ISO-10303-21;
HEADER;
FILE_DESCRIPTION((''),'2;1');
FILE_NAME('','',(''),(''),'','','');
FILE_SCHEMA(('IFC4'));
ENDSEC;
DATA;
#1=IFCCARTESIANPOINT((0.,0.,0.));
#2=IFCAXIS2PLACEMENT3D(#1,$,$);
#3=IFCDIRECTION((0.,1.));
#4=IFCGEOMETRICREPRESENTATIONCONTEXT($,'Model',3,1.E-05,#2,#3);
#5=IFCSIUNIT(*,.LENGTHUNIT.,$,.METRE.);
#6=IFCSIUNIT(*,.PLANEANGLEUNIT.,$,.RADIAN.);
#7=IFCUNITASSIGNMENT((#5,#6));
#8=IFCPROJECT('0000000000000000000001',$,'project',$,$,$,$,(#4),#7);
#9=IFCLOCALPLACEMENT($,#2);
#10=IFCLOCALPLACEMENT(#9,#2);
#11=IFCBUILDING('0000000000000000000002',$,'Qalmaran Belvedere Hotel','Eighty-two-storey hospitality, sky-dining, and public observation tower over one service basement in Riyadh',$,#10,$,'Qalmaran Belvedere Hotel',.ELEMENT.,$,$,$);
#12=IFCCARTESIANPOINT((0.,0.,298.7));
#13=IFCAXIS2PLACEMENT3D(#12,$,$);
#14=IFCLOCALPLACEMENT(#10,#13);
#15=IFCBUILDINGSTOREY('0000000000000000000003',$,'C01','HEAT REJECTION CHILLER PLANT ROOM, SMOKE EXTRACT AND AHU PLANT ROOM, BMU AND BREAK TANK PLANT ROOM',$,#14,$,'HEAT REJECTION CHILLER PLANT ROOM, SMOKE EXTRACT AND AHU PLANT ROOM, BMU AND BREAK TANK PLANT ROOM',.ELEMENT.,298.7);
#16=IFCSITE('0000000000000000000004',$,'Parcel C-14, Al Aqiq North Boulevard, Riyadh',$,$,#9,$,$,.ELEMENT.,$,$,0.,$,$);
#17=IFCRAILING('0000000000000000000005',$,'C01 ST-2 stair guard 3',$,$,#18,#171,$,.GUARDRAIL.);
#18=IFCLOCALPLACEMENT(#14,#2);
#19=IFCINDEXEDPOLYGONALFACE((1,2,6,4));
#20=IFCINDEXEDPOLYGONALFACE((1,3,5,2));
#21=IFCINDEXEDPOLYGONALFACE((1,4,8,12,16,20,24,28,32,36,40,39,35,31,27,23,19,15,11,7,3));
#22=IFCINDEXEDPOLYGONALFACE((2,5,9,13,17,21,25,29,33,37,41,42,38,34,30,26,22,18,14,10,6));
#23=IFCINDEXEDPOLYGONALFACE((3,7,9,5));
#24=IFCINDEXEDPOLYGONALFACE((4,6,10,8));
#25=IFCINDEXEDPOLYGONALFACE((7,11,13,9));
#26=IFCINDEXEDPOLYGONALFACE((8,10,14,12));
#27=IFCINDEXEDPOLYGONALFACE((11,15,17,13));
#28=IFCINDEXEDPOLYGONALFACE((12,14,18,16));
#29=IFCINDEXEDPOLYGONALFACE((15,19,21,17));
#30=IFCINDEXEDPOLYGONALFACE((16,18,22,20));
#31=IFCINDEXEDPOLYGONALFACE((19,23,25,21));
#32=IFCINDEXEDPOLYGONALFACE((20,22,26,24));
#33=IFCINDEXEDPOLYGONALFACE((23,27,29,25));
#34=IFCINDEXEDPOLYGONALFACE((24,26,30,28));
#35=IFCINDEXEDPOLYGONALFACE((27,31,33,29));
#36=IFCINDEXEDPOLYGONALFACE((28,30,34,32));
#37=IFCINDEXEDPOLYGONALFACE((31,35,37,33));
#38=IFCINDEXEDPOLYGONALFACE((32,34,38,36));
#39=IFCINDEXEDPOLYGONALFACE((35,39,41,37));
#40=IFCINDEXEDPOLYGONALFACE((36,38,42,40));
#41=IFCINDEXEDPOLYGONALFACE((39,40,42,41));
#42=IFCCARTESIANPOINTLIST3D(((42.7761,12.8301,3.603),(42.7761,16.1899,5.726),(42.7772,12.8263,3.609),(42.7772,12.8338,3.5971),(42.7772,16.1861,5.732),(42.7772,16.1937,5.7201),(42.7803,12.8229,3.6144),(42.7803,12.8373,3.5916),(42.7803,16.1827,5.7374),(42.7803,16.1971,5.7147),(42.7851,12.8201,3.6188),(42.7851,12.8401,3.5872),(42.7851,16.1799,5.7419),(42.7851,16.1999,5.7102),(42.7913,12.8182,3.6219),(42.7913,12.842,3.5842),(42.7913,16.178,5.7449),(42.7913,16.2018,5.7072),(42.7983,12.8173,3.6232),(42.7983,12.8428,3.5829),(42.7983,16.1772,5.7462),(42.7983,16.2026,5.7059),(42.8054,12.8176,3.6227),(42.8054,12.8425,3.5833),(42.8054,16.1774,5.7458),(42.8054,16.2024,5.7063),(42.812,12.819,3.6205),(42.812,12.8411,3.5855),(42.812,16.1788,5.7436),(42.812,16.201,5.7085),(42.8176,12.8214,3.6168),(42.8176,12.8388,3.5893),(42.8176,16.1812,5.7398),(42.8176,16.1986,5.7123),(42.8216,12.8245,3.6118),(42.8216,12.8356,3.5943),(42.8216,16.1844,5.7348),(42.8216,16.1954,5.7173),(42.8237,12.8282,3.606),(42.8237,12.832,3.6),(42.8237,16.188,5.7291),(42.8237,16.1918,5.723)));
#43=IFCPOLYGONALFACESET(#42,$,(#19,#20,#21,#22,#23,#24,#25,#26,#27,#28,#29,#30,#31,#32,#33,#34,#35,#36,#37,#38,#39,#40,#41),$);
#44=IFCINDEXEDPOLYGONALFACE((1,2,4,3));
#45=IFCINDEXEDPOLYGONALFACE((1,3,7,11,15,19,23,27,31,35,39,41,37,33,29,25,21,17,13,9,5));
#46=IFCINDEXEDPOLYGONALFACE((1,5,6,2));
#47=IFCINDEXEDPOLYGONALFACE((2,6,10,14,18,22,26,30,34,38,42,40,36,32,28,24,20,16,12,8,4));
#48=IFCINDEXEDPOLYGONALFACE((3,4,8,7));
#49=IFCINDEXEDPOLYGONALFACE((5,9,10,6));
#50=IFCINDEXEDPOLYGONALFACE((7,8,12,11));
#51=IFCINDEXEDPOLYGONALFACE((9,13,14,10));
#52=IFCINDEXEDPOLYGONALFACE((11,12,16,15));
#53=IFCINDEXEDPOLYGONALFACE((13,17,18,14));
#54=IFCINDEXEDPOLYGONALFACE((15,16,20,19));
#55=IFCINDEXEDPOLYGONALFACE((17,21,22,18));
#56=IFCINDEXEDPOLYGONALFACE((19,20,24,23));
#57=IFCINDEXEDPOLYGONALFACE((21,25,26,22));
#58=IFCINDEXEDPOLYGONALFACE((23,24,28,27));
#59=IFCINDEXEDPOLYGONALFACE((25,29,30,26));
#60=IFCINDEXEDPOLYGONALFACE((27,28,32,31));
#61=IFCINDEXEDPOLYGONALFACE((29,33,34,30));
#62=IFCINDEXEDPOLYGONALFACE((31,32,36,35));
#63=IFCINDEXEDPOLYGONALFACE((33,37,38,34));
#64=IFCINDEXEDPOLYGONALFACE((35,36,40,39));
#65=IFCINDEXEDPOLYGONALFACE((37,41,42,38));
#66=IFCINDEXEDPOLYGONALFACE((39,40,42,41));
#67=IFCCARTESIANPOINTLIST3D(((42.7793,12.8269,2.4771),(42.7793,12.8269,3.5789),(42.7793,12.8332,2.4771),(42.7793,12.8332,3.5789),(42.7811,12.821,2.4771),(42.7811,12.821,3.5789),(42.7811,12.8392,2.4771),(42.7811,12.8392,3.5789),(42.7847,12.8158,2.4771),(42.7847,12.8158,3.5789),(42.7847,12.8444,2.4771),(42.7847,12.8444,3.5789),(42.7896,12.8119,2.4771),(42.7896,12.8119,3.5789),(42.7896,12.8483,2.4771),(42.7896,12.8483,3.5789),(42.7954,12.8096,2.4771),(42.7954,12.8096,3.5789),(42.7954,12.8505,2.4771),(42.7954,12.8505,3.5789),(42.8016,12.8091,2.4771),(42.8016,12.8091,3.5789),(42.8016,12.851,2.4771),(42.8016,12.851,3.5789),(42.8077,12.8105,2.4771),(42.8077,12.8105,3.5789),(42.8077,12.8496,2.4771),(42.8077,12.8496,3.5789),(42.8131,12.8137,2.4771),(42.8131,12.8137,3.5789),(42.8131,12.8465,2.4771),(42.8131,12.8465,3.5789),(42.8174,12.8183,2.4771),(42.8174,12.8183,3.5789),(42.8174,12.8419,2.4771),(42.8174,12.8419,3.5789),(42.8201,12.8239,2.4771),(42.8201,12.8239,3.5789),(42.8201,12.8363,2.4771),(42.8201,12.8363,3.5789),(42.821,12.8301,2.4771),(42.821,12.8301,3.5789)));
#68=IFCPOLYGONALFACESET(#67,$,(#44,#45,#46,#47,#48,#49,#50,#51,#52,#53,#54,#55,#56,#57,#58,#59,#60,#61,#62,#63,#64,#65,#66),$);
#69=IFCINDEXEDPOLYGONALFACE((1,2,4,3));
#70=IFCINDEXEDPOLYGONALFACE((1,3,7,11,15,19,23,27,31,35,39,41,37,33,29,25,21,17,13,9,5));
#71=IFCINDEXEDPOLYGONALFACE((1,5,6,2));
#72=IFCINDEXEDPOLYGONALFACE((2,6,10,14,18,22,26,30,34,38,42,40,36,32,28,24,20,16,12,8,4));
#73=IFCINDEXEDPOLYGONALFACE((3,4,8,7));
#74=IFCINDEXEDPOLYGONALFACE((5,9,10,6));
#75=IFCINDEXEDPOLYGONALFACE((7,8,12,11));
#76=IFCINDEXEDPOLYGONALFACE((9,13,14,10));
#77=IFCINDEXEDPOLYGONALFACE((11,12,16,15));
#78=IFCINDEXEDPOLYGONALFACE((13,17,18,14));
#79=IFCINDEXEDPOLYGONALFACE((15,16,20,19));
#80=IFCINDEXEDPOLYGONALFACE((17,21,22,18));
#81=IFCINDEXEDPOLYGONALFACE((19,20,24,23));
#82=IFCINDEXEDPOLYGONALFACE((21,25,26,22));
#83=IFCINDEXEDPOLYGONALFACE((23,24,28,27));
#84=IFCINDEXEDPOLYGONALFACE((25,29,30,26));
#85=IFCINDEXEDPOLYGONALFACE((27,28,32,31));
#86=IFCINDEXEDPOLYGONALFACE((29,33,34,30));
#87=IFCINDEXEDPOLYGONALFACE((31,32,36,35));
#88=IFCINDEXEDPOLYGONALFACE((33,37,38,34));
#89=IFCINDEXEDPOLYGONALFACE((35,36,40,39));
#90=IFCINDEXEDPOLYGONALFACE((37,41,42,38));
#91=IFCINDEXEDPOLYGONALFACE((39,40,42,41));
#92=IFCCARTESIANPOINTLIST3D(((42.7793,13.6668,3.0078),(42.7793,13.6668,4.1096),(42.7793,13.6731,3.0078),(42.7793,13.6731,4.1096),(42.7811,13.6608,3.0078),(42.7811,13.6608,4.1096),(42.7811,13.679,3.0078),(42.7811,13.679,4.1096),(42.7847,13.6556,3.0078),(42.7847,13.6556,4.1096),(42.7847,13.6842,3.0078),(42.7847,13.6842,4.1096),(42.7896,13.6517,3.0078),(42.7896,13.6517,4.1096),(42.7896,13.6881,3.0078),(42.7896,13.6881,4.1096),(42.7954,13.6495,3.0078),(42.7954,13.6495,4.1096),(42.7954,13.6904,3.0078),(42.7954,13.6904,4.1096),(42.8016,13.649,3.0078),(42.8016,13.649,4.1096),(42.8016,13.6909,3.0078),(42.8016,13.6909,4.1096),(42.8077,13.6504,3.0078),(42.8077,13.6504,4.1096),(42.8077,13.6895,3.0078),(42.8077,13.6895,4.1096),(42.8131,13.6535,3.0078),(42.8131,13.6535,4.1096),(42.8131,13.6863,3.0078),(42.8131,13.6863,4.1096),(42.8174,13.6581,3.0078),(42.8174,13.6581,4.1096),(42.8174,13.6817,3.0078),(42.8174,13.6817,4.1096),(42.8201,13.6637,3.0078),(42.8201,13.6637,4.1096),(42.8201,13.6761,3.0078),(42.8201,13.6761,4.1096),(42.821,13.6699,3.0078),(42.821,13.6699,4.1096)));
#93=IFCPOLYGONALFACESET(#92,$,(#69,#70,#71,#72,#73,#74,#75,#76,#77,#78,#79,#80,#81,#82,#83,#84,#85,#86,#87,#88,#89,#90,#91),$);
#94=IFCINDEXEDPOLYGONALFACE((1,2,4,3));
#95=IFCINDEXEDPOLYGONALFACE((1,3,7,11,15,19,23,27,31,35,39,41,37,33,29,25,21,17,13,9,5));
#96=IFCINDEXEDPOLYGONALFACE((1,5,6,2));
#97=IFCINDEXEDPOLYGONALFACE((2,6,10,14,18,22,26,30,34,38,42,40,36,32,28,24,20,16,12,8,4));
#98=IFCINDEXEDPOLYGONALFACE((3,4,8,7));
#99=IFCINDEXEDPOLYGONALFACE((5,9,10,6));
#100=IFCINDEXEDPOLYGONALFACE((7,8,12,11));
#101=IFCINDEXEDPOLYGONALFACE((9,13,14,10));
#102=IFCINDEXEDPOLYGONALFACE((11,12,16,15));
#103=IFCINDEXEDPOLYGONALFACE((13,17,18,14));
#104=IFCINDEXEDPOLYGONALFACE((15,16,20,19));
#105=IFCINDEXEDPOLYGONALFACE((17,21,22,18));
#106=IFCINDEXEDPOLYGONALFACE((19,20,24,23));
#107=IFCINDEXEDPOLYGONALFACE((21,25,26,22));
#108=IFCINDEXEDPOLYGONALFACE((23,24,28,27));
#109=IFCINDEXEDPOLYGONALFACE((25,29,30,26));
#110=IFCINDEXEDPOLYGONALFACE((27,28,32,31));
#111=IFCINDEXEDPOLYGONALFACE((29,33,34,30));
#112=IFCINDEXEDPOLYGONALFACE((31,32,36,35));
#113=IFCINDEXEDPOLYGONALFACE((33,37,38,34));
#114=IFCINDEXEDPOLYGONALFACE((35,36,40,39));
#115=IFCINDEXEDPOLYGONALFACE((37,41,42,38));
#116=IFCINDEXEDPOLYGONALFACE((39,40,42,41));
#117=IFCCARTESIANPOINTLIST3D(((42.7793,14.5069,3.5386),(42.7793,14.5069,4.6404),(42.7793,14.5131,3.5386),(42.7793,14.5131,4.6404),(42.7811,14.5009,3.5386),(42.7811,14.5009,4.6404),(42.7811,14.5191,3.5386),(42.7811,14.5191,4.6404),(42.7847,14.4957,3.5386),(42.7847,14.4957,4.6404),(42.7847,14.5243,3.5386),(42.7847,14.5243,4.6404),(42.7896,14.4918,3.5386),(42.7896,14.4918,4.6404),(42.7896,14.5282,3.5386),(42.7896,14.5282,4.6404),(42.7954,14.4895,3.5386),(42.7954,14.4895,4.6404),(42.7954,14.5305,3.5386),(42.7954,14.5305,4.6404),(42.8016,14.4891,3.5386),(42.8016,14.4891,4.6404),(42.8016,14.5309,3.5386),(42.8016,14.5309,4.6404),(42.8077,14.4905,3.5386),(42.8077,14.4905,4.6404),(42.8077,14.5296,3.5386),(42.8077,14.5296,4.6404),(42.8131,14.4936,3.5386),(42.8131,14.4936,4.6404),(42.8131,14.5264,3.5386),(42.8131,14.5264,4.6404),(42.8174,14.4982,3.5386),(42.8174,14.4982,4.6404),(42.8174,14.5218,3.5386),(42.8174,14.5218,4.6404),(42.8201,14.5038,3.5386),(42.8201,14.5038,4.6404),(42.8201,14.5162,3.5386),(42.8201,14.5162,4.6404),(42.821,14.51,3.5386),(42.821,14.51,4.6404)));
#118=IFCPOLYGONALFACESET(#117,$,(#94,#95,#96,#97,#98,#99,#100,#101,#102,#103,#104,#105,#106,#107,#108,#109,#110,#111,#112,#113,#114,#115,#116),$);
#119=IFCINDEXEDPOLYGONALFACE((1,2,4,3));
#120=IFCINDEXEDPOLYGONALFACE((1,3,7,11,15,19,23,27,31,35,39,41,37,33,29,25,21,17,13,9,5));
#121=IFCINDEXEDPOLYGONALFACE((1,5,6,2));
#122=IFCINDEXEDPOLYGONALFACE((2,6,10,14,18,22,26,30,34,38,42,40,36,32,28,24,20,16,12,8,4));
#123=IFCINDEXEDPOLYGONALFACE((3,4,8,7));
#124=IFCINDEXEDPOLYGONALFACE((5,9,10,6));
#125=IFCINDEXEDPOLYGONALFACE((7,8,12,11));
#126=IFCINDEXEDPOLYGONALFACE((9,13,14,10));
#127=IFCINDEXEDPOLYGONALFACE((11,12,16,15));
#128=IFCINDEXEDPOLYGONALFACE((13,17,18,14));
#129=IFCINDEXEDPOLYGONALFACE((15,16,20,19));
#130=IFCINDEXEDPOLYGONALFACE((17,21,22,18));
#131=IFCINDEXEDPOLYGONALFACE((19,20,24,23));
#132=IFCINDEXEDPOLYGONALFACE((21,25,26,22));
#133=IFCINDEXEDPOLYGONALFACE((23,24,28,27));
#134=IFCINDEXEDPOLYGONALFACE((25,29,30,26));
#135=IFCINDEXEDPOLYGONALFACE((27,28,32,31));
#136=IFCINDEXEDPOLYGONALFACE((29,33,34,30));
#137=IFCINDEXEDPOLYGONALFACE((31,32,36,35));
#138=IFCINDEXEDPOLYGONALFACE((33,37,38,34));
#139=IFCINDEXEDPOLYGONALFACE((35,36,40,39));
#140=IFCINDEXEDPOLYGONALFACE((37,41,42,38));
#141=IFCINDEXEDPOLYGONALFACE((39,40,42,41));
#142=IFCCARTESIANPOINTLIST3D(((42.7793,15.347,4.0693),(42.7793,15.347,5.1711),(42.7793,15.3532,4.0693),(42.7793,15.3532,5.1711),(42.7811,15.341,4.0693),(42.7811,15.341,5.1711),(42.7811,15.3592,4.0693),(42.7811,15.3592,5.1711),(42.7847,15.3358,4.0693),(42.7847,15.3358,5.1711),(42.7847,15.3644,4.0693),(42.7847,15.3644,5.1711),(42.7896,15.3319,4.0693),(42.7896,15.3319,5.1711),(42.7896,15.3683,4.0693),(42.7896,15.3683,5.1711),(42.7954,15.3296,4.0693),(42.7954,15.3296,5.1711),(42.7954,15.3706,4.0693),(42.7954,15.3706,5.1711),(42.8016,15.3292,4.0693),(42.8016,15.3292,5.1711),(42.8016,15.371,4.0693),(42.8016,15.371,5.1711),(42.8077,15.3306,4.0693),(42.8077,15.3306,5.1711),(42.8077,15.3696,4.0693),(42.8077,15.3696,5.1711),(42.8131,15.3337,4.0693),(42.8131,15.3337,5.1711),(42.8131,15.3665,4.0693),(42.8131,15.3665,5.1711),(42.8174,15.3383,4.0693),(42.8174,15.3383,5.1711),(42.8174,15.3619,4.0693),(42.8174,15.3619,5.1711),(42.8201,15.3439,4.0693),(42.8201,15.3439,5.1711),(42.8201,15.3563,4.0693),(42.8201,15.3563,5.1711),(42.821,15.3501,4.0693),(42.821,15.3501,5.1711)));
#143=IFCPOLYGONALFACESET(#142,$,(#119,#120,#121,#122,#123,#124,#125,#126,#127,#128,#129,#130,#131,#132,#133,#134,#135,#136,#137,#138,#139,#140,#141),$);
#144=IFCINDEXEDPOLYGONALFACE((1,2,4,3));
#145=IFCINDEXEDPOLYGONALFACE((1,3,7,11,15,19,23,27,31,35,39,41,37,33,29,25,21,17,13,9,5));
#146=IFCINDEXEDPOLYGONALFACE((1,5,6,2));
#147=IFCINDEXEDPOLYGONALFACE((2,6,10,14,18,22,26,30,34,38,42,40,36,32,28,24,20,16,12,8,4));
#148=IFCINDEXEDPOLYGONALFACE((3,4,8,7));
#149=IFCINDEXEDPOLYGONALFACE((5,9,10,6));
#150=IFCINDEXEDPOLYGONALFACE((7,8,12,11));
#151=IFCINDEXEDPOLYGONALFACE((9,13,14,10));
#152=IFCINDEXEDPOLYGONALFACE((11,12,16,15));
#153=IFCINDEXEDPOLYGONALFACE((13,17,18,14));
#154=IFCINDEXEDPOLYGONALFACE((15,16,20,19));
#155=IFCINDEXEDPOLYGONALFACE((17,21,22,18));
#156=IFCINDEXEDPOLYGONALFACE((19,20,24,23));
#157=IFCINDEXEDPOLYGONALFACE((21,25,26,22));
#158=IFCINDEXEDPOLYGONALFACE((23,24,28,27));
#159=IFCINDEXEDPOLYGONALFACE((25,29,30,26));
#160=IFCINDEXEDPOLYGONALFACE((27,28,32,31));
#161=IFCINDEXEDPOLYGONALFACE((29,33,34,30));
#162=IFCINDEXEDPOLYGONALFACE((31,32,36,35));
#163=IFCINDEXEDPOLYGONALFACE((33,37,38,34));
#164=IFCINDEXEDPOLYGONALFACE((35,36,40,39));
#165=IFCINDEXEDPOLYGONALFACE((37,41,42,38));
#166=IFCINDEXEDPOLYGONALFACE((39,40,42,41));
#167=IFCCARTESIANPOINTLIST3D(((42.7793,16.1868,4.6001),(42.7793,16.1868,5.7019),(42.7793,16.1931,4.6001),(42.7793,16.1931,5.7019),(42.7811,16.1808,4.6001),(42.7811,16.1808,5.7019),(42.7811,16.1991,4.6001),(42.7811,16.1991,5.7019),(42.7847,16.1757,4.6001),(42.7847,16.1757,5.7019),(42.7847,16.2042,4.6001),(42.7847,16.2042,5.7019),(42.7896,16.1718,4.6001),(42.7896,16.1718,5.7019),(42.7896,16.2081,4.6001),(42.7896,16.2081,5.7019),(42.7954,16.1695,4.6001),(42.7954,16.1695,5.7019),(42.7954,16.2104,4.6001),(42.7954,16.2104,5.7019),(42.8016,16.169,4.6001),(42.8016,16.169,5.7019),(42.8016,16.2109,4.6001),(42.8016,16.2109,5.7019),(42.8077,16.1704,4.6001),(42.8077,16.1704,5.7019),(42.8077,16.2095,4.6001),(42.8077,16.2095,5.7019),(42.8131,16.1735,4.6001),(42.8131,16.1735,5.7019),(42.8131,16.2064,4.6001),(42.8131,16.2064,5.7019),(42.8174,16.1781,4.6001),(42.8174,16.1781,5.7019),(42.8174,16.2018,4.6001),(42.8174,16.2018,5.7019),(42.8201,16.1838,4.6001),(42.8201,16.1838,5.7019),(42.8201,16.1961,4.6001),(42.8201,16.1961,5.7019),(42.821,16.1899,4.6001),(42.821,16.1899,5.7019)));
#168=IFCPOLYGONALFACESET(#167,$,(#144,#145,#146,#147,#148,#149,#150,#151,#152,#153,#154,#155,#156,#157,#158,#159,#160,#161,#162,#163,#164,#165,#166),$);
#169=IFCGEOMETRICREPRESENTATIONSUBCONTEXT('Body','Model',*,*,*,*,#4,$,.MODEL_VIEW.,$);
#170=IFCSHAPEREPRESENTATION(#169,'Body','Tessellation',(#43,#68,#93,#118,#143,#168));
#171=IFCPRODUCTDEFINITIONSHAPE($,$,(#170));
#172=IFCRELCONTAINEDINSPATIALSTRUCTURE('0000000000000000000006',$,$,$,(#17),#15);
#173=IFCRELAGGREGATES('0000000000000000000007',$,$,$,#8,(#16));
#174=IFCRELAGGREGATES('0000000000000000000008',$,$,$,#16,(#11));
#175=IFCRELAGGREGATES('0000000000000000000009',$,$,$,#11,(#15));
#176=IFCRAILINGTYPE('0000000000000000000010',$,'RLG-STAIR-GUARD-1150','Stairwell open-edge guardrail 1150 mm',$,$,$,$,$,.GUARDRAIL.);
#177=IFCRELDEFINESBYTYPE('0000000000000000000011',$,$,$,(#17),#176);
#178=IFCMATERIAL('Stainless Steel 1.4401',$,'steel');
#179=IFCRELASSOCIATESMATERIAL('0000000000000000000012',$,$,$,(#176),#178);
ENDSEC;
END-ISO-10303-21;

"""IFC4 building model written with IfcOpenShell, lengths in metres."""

from ifc_helpers import new_model, si_unit, direction, frame, origin, origin_2d, place, context, subcontext, project, spatial, circle, extrude, material, type_object, element, save


model = new_model("IFC4")

# Units and contexts
model_context = context("Model", 3, precision=1e-05, world=origin(), true_north=direction((0.0, 1.0)))
body_context = subcontext(model_context, "Body", "Model", "MODEL_VIEW")
ifc_project = project(units=[si_unit("LENGTHUNIT", "METRE"), si_unit("PLANEANGLEUNIT", "RADIAN")], contexts=[model_context])

# Site, building, storey
site_placement = place(None, origin())
site = spatial("IfcSite", under=ifc_project, at=site_placement, Name="Parcel C-14, Al Aqiq North Boulevard, Riyadh", CompositionType="ELEMENT", RefElevation=0.0)
building_placement = place(site_placement, origin())
building = spatial("IfcBuilding", under=site, at=building_placement, Name="Qalmaran Belvedere Hotel", Description="Eighty-two-storey hospitality, sky-dining, and public observation tower over one service basement in Riyadh", LongName="Qalmaran Belvedere Hotel", CompositionType="ELEMENT")
storey_placement = place(building_placement, frame((0.0, 0.0, 298.7)))
storey = spatial("IfcBuildingStorey", under=building, at=storey_placement, Name="C01", Description="HEAT REJECTION CHILLER PLANT ROOM, SMOKE EXTRACT AND AHU PLANT ROOM, BMU AND BREAK TANK PLANT ROOM", LongName="HEAT REJECTION CHILLER PLANT ROOM, SMOKE EXTRACT AND AHU PLANT ROOM, BMU AND BREAK TANK PLANT ROOM", CompositionType="ELEMENT", Elevation=298.7)

# Railing
ifc_material_1 = material(Name="Stainless Steel 1.4401", Category="steel")
railing_type_1 = type_object("IfcRailingType", Name="RLG-STAIR-GUARD-1150", Description="Stairwell open-edge guardrail 1150 mm", PredefinedType="GUARDRAIL", material=ifc_material_1)
railing_1_placement = place(storey_placement, frame((42.8, 12.8301, 2.4771)))
element("IfcRailing", 1, at=railing_1_placement, inside=storey, type_object=railing_type_1, Name="C01 ST-2 stair guard 3", PredefinedType="GUARDRAIL", context=body_context, shape_type="SweptSolid", body=[
    extrude(circle(Radius=0.0239, at=origin_2d()), frame((0.0, 0.0, 1.126), z_axis=(0.0, 0.845372, 0.534178), x_axis=(-1.0, 0.0, 0.0)), (0.0, 0.0, 1.0), 3.9744),
    extrude(circle(Radius=0.021, at=origin_2d()), origin(), (0.0, 0.0, 1.0), 1.1018),
    extrude(circle(Radius=0.021, at=origin_2d()), frame((0.0, 0.8398, 0.5308)), (0.0, 0.0, 1.0), 1.1018),
    extrude(circle(Radius=0.021, at=origin_2d()), frame((0.0, 1.6799, 1.0615)), (0.0, 0.0, 1.0), 1.1018),
    extrude(circle(Radius=0.021, at=origin_2d()), frame((0.0, 2.52, 1.5923)), (0.0, 0.0, 1.0), 1.1018),
    extrude(circle(Radius=0.021, at=origin_2d()), frame((0.0, 3.3599, 2.123)), (0.0, 0.0, 1.0), 1.1018),
])

save(model, "model.ifc")
